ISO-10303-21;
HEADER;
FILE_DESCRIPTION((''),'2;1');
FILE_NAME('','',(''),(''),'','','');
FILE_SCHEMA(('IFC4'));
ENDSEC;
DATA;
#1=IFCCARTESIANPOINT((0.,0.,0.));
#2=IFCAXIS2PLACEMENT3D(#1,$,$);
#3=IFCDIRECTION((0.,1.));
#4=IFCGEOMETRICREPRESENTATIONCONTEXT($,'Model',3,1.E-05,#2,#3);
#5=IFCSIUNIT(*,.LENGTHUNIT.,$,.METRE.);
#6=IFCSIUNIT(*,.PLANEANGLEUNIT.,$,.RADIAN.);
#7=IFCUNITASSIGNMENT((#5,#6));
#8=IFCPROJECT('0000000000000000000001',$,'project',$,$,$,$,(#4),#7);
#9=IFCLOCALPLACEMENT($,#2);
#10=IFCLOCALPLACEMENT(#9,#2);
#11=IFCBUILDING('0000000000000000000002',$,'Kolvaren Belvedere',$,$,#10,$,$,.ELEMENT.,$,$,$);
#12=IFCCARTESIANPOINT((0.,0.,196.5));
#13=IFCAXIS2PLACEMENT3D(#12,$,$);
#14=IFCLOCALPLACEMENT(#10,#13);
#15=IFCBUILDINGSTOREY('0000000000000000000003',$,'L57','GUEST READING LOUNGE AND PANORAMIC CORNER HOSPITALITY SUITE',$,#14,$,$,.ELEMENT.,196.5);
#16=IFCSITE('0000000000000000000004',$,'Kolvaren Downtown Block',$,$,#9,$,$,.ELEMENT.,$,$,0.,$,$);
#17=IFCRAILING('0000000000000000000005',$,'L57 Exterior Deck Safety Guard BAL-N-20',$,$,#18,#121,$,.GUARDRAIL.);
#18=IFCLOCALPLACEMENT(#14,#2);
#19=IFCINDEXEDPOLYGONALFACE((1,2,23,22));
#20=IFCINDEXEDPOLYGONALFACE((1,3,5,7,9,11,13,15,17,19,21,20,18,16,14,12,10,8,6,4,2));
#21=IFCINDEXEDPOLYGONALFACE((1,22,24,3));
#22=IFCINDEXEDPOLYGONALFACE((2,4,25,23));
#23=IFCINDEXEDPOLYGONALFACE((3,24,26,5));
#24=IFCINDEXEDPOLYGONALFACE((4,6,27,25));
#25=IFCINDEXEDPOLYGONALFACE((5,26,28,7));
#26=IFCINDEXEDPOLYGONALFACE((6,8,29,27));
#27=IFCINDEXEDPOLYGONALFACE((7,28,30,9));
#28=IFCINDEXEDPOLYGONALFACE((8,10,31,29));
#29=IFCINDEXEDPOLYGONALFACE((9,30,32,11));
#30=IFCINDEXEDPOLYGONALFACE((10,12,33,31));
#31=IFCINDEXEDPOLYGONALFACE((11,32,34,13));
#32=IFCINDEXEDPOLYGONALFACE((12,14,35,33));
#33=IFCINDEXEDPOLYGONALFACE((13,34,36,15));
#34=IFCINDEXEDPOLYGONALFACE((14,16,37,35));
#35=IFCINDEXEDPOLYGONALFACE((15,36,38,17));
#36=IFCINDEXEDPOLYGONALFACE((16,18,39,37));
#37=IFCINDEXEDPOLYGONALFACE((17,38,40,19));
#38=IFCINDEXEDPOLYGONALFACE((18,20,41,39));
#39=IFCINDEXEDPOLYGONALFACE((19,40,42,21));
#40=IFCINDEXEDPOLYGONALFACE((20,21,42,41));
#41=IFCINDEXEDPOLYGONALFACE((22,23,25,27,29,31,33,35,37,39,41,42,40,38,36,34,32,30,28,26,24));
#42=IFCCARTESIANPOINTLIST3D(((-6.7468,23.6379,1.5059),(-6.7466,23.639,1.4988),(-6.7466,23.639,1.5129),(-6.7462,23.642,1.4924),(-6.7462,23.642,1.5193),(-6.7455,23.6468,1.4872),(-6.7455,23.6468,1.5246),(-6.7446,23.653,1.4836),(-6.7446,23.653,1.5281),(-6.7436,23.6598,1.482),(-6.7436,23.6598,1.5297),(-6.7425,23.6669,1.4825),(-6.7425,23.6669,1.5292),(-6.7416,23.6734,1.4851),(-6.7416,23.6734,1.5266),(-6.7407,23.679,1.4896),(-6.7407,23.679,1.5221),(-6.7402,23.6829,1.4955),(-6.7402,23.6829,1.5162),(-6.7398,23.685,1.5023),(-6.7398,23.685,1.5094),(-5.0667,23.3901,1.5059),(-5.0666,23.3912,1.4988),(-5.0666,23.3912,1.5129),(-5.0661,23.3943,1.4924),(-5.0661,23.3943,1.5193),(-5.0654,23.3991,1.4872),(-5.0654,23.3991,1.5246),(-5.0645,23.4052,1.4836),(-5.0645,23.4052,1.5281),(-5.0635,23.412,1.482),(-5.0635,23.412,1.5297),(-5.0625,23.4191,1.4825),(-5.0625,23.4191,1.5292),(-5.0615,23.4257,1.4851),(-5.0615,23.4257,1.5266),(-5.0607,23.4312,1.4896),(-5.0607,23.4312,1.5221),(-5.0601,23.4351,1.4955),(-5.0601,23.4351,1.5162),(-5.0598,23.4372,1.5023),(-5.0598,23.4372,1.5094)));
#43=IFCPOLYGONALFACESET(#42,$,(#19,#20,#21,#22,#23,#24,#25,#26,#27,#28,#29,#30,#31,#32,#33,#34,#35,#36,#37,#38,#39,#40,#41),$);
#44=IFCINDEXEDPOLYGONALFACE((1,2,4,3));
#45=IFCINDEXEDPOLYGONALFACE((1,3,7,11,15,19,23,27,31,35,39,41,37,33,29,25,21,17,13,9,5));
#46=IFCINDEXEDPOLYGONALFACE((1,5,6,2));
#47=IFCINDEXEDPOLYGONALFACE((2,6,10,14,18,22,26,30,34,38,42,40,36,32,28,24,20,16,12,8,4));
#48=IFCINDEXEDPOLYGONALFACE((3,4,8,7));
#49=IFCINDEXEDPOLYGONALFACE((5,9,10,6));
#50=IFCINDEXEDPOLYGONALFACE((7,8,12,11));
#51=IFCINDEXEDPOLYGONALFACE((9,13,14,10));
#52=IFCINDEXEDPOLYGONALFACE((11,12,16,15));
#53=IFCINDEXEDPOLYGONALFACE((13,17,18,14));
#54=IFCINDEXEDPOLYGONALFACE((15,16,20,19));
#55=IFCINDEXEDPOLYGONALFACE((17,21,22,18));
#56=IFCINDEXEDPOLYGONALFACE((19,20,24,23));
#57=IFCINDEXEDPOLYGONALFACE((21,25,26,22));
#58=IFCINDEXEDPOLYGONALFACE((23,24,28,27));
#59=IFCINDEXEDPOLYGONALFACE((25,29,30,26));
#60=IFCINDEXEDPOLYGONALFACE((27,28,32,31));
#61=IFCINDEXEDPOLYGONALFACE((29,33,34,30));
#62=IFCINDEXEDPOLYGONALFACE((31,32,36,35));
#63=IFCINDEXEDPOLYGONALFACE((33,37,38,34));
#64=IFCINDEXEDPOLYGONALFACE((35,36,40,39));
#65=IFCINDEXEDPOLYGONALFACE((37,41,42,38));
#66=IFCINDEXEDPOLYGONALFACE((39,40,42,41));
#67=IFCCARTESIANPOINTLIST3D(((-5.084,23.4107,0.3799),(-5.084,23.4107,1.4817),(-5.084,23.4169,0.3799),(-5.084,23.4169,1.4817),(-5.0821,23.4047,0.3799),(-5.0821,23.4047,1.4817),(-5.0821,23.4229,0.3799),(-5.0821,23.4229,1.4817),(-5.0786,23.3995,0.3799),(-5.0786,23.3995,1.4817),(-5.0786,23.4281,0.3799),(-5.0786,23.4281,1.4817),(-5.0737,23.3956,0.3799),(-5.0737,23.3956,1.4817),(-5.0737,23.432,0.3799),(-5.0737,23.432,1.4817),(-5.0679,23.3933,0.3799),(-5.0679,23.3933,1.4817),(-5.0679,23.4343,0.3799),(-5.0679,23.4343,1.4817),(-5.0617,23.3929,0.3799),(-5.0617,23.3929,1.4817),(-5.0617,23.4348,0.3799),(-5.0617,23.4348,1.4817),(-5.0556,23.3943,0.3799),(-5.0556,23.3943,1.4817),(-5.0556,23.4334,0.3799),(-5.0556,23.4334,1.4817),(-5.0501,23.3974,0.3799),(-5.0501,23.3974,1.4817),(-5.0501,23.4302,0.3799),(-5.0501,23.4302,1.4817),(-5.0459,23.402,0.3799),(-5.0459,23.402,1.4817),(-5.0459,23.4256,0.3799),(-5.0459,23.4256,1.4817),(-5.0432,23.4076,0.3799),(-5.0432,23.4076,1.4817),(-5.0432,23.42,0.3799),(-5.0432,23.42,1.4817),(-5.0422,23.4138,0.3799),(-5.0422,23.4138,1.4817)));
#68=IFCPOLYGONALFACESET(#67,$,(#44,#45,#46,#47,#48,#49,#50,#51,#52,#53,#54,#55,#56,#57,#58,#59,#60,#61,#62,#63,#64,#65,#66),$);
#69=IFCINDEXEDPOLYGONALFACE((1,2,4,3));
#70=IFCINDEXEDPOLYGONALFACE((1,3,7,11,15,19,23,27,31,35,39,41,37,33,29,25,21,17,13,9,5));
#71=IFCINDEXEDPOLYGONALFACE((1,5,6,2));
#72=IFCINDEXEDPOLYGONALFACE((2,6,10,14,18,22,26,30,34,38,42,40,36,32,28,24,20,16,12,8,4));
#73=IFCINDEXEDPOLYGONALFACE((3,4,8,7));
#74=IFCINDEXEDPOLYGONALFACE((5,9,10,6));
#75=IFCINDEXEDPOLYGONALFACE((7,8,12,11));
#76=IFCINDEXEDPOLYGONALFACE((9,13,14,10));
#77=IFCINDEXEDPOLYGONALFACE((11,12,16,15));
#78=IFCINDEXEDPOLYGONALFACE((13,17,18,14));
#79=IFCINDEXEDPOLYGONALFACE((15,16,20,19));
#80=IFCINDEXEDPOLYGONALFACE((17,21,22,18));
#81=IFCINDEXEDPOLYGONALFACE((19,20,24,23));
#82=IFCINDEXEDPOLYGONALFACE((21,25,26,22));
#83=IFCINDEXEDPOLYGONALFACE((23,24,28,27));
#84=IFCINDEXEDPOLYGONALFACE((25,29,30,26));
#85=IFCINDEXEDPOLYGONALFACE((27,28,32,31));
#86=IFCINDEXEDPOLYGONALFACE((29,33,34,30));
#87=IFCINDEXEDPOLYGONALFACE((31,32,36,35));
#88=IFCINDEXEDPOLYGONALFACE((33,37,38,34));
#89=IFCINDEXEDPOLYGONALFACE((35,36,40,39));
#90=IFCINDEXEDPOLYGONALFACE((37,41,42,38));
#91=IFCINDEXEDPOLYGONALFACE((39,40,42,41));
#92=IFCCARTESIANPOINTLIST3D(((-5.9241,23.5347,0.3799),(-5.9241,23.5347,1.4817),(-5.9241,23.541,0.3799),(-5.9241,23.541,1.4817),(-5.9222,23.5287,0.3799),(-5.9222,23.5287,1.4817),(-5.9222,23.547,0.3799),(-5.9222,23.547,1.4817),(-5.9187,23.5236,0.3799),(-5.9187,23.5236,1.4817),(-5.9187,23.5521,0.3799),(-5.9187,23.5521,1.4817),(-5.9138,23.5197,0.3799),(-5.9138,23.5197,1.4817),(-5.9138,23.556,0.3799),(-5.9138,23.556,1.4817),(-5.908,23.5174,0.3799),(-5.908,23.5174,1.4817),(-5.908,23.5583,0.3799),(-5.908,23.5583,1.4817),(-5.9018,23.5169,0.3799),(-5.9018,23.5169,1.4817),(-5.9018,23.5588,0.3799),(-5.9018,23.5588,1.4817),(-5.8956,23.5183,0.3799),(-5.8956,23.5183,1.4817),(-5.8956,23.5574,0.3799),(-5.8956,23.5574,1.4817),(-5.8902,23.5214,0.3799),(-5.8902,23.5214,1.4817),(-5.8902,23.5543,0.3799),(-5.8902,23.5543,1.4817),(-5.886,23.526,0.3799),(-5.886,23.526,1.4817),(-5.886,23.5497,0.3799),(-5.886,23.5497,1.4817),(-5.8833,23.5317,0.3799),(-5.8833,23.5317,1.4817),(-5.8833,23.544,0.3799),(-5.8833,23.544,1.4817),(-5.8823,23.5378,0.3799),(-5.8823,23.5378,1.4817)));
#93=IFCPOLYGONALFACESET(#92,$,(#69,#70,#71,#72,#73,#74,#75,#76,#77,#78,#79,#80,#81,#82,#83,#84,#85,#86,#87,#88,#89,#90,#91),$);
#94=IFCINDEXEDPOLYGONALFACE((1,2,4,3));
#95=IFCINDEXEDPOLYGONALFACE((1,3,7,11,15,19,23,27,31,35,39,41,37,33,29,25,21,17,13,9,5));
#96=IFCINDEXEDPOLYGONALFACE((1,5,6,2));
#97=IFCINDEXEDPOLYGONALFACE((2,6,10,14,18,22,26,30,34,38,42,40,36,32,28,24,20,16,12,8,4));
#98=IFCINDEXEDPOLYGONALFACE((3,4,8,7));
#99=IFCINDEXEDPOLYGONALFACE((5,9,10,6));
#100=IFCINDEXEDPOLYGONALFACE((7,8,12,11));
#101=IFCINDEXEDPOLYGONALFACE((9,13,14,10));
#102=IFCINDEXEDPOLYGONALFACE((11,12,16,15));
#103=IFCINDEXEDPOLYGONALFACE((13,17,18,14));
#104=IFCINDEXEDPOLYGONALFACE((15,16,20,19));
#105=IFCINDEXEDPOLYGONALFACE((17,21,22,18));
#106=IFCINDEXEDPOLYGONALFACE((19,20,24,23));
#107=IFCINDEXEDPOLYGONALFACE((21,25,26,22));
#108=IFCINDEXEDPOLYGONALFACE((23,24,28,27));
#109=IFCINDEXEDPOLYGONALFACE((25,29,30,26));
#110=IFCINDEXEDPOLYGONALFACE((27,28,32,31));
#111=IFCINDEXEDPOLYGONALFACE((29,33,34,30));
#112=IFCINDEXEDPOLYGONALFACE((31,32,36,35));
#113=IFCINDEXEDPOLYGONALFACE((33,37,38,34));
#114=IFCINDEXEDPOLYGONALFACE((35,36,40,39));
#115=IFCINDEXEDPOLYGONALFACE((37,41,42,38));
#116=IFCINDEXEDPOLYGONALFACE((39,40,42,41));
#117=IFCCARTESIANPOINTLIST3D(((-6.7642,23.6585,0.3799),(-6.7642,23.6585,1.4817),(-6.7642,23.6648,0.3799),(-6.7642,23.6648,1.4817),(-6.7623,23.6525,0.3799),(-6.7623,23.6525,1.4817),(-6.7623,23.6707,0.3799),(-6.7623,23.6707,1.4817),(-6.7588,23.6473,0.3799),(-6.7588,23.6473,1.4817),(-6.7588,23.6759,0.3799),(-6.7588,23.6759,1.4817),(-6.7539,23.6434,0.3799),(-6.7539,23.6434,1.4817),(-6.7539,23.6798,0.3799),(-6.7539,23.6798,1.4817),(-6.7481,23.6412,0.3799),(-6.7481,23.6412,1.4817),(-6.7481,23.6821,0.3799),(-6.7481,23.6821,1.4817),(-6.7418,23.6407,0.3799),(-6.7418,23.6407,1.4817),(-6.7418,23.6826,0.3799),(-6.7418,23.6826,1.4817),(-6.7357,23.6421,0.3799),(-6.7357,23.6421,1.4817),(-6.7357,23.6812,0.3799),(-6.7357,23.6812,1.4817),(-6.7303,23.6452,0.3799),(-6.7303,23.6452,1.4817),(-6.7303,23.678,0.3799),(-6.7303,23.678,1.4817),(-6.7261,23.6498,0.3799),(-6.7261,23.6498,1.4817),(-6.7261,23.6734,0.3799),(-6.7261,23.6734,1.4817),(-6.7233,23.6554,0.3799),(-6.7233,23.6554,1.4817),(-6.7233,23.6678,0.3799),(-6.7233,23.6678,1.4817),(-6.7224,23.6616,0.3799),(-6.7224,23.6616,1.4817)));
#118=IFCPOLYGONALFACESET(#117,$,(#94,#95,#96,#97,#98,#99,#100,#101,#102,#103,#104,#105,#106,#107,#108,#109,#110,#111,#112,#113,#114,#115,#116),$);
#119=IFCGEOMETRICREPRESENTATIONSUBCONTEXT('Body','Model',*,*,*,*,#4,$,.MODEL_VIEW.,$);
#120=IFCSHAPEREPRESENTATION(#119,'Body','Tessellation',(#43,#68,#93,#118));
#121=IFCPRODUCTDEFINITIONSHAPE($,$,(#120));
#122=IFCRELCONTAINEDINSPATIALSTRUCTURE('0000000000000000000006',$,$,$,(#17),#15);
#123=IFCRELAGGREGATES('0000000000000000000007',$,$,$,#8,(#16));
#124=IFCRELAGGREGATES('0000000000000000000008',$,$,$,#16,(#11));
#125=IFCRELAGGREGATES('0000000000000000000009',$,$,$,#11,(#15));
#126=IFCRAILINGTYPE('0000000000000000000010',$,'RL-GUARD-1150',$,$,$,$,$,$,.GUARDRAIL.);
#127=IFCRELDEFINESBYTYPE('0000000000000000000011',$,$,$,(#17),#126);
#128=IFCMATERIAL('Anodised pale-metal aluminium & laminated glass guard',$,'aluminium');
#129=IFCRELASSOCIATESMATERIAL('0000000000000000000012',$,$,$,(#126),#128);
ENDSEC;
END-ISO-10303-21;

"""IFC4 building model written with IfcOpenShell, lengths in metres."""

from ifc_helpers import new_model, si_unit, direction, frame, origin, origin_2d, place, context, subcontext, project, spatial, circle, extrude, material, type_object, element, save


model = new_model("IFC4")

# Units and contexts
model_context = context("Model", 3, precision=1e-05, world=origin(), true_north=direction((0.0, 1.0)))
body_context = subcontext(model_context, "Body", "Model", "MODEL_VIEW")
ifc_project = project(units=[si_unit("LENGTHUNIT", "METRE"), si_unit("PLANEANGLEUNIT", "RADIAN")], contexts=[model_context])

# Site, building, storey
site_placement = place(None, origin())
site = spatial("IfcSite", under=ifc_project, at=site_placement, Name="Kolvaren Downtown Block", CompositionType="ELEMENT", RefElevation=0.0)
building_placement = place(site_placement, origin())
building = spatial("IfcBuilding", under=site, at=building_placement, Name="Kolvaren Belvedere", CompositionType="ELEMENT")
storey_placement = place(building_placement, frame((0.0, 0.0, 196.5)))
storey = spatial("IfcBuildingStorey", under=building, at=storey_placement, Name="L57", Description="GUEST READING LOUNGE AND PANORAMIC CORNER HOSPITALITY SUITE", CompositionType="ELEMENT", Elevation=196.5)

# Railing
ifc_material_1 = material(Name="Anodised pale-metal aluminium & laminated glass guard", Category="aluminium")
railing_type = type_object("IfcRailingType", Name="RL-GUARD-1150", PredefinedType="GUARDRAIL", material=ifc_material_1)
railing_1_placement = place(storey_placement, frame((-5.0632, 23.4138, 0.3799)))
element("IfcRailing", 1, at=railing_1_placement, inside=storey, type_object=railing_type, Name="L57 Exterior Deck Safety Guard BAL-N-20", PredefinedType="GUARDRAIL", context=body_context, shape_type="SweptSolid", body=[
    extrude(circle(Radius=0.0239, at=origin_2d()), frame((0.0, 0.0, 1.126), z_axis=(-0.989298, 0.145908, 0.0), x_axis=(-0.145908, -0.989298, 0.0)), (0.0, 0.0, 1.0), 1.6982),
    extrude(circle(Radius=0.021, at=origin_2d()), origin(), (0.0, 0.0, 1.0), 1.1018),
    extrude(circle(Radius=0.021, at=origin_2d()), frame((-0.8401, 0.124, 0.0)), (0.0, 0.0, 1.0), 1.1018),
    extrude(circle(Radius=0.021, at=origin_2d()), frame((-1.6802, 0.2478, 0.0)), (0.0, 0.0, 1.0), 1.1018),
])

save(model, "model.ifc")
